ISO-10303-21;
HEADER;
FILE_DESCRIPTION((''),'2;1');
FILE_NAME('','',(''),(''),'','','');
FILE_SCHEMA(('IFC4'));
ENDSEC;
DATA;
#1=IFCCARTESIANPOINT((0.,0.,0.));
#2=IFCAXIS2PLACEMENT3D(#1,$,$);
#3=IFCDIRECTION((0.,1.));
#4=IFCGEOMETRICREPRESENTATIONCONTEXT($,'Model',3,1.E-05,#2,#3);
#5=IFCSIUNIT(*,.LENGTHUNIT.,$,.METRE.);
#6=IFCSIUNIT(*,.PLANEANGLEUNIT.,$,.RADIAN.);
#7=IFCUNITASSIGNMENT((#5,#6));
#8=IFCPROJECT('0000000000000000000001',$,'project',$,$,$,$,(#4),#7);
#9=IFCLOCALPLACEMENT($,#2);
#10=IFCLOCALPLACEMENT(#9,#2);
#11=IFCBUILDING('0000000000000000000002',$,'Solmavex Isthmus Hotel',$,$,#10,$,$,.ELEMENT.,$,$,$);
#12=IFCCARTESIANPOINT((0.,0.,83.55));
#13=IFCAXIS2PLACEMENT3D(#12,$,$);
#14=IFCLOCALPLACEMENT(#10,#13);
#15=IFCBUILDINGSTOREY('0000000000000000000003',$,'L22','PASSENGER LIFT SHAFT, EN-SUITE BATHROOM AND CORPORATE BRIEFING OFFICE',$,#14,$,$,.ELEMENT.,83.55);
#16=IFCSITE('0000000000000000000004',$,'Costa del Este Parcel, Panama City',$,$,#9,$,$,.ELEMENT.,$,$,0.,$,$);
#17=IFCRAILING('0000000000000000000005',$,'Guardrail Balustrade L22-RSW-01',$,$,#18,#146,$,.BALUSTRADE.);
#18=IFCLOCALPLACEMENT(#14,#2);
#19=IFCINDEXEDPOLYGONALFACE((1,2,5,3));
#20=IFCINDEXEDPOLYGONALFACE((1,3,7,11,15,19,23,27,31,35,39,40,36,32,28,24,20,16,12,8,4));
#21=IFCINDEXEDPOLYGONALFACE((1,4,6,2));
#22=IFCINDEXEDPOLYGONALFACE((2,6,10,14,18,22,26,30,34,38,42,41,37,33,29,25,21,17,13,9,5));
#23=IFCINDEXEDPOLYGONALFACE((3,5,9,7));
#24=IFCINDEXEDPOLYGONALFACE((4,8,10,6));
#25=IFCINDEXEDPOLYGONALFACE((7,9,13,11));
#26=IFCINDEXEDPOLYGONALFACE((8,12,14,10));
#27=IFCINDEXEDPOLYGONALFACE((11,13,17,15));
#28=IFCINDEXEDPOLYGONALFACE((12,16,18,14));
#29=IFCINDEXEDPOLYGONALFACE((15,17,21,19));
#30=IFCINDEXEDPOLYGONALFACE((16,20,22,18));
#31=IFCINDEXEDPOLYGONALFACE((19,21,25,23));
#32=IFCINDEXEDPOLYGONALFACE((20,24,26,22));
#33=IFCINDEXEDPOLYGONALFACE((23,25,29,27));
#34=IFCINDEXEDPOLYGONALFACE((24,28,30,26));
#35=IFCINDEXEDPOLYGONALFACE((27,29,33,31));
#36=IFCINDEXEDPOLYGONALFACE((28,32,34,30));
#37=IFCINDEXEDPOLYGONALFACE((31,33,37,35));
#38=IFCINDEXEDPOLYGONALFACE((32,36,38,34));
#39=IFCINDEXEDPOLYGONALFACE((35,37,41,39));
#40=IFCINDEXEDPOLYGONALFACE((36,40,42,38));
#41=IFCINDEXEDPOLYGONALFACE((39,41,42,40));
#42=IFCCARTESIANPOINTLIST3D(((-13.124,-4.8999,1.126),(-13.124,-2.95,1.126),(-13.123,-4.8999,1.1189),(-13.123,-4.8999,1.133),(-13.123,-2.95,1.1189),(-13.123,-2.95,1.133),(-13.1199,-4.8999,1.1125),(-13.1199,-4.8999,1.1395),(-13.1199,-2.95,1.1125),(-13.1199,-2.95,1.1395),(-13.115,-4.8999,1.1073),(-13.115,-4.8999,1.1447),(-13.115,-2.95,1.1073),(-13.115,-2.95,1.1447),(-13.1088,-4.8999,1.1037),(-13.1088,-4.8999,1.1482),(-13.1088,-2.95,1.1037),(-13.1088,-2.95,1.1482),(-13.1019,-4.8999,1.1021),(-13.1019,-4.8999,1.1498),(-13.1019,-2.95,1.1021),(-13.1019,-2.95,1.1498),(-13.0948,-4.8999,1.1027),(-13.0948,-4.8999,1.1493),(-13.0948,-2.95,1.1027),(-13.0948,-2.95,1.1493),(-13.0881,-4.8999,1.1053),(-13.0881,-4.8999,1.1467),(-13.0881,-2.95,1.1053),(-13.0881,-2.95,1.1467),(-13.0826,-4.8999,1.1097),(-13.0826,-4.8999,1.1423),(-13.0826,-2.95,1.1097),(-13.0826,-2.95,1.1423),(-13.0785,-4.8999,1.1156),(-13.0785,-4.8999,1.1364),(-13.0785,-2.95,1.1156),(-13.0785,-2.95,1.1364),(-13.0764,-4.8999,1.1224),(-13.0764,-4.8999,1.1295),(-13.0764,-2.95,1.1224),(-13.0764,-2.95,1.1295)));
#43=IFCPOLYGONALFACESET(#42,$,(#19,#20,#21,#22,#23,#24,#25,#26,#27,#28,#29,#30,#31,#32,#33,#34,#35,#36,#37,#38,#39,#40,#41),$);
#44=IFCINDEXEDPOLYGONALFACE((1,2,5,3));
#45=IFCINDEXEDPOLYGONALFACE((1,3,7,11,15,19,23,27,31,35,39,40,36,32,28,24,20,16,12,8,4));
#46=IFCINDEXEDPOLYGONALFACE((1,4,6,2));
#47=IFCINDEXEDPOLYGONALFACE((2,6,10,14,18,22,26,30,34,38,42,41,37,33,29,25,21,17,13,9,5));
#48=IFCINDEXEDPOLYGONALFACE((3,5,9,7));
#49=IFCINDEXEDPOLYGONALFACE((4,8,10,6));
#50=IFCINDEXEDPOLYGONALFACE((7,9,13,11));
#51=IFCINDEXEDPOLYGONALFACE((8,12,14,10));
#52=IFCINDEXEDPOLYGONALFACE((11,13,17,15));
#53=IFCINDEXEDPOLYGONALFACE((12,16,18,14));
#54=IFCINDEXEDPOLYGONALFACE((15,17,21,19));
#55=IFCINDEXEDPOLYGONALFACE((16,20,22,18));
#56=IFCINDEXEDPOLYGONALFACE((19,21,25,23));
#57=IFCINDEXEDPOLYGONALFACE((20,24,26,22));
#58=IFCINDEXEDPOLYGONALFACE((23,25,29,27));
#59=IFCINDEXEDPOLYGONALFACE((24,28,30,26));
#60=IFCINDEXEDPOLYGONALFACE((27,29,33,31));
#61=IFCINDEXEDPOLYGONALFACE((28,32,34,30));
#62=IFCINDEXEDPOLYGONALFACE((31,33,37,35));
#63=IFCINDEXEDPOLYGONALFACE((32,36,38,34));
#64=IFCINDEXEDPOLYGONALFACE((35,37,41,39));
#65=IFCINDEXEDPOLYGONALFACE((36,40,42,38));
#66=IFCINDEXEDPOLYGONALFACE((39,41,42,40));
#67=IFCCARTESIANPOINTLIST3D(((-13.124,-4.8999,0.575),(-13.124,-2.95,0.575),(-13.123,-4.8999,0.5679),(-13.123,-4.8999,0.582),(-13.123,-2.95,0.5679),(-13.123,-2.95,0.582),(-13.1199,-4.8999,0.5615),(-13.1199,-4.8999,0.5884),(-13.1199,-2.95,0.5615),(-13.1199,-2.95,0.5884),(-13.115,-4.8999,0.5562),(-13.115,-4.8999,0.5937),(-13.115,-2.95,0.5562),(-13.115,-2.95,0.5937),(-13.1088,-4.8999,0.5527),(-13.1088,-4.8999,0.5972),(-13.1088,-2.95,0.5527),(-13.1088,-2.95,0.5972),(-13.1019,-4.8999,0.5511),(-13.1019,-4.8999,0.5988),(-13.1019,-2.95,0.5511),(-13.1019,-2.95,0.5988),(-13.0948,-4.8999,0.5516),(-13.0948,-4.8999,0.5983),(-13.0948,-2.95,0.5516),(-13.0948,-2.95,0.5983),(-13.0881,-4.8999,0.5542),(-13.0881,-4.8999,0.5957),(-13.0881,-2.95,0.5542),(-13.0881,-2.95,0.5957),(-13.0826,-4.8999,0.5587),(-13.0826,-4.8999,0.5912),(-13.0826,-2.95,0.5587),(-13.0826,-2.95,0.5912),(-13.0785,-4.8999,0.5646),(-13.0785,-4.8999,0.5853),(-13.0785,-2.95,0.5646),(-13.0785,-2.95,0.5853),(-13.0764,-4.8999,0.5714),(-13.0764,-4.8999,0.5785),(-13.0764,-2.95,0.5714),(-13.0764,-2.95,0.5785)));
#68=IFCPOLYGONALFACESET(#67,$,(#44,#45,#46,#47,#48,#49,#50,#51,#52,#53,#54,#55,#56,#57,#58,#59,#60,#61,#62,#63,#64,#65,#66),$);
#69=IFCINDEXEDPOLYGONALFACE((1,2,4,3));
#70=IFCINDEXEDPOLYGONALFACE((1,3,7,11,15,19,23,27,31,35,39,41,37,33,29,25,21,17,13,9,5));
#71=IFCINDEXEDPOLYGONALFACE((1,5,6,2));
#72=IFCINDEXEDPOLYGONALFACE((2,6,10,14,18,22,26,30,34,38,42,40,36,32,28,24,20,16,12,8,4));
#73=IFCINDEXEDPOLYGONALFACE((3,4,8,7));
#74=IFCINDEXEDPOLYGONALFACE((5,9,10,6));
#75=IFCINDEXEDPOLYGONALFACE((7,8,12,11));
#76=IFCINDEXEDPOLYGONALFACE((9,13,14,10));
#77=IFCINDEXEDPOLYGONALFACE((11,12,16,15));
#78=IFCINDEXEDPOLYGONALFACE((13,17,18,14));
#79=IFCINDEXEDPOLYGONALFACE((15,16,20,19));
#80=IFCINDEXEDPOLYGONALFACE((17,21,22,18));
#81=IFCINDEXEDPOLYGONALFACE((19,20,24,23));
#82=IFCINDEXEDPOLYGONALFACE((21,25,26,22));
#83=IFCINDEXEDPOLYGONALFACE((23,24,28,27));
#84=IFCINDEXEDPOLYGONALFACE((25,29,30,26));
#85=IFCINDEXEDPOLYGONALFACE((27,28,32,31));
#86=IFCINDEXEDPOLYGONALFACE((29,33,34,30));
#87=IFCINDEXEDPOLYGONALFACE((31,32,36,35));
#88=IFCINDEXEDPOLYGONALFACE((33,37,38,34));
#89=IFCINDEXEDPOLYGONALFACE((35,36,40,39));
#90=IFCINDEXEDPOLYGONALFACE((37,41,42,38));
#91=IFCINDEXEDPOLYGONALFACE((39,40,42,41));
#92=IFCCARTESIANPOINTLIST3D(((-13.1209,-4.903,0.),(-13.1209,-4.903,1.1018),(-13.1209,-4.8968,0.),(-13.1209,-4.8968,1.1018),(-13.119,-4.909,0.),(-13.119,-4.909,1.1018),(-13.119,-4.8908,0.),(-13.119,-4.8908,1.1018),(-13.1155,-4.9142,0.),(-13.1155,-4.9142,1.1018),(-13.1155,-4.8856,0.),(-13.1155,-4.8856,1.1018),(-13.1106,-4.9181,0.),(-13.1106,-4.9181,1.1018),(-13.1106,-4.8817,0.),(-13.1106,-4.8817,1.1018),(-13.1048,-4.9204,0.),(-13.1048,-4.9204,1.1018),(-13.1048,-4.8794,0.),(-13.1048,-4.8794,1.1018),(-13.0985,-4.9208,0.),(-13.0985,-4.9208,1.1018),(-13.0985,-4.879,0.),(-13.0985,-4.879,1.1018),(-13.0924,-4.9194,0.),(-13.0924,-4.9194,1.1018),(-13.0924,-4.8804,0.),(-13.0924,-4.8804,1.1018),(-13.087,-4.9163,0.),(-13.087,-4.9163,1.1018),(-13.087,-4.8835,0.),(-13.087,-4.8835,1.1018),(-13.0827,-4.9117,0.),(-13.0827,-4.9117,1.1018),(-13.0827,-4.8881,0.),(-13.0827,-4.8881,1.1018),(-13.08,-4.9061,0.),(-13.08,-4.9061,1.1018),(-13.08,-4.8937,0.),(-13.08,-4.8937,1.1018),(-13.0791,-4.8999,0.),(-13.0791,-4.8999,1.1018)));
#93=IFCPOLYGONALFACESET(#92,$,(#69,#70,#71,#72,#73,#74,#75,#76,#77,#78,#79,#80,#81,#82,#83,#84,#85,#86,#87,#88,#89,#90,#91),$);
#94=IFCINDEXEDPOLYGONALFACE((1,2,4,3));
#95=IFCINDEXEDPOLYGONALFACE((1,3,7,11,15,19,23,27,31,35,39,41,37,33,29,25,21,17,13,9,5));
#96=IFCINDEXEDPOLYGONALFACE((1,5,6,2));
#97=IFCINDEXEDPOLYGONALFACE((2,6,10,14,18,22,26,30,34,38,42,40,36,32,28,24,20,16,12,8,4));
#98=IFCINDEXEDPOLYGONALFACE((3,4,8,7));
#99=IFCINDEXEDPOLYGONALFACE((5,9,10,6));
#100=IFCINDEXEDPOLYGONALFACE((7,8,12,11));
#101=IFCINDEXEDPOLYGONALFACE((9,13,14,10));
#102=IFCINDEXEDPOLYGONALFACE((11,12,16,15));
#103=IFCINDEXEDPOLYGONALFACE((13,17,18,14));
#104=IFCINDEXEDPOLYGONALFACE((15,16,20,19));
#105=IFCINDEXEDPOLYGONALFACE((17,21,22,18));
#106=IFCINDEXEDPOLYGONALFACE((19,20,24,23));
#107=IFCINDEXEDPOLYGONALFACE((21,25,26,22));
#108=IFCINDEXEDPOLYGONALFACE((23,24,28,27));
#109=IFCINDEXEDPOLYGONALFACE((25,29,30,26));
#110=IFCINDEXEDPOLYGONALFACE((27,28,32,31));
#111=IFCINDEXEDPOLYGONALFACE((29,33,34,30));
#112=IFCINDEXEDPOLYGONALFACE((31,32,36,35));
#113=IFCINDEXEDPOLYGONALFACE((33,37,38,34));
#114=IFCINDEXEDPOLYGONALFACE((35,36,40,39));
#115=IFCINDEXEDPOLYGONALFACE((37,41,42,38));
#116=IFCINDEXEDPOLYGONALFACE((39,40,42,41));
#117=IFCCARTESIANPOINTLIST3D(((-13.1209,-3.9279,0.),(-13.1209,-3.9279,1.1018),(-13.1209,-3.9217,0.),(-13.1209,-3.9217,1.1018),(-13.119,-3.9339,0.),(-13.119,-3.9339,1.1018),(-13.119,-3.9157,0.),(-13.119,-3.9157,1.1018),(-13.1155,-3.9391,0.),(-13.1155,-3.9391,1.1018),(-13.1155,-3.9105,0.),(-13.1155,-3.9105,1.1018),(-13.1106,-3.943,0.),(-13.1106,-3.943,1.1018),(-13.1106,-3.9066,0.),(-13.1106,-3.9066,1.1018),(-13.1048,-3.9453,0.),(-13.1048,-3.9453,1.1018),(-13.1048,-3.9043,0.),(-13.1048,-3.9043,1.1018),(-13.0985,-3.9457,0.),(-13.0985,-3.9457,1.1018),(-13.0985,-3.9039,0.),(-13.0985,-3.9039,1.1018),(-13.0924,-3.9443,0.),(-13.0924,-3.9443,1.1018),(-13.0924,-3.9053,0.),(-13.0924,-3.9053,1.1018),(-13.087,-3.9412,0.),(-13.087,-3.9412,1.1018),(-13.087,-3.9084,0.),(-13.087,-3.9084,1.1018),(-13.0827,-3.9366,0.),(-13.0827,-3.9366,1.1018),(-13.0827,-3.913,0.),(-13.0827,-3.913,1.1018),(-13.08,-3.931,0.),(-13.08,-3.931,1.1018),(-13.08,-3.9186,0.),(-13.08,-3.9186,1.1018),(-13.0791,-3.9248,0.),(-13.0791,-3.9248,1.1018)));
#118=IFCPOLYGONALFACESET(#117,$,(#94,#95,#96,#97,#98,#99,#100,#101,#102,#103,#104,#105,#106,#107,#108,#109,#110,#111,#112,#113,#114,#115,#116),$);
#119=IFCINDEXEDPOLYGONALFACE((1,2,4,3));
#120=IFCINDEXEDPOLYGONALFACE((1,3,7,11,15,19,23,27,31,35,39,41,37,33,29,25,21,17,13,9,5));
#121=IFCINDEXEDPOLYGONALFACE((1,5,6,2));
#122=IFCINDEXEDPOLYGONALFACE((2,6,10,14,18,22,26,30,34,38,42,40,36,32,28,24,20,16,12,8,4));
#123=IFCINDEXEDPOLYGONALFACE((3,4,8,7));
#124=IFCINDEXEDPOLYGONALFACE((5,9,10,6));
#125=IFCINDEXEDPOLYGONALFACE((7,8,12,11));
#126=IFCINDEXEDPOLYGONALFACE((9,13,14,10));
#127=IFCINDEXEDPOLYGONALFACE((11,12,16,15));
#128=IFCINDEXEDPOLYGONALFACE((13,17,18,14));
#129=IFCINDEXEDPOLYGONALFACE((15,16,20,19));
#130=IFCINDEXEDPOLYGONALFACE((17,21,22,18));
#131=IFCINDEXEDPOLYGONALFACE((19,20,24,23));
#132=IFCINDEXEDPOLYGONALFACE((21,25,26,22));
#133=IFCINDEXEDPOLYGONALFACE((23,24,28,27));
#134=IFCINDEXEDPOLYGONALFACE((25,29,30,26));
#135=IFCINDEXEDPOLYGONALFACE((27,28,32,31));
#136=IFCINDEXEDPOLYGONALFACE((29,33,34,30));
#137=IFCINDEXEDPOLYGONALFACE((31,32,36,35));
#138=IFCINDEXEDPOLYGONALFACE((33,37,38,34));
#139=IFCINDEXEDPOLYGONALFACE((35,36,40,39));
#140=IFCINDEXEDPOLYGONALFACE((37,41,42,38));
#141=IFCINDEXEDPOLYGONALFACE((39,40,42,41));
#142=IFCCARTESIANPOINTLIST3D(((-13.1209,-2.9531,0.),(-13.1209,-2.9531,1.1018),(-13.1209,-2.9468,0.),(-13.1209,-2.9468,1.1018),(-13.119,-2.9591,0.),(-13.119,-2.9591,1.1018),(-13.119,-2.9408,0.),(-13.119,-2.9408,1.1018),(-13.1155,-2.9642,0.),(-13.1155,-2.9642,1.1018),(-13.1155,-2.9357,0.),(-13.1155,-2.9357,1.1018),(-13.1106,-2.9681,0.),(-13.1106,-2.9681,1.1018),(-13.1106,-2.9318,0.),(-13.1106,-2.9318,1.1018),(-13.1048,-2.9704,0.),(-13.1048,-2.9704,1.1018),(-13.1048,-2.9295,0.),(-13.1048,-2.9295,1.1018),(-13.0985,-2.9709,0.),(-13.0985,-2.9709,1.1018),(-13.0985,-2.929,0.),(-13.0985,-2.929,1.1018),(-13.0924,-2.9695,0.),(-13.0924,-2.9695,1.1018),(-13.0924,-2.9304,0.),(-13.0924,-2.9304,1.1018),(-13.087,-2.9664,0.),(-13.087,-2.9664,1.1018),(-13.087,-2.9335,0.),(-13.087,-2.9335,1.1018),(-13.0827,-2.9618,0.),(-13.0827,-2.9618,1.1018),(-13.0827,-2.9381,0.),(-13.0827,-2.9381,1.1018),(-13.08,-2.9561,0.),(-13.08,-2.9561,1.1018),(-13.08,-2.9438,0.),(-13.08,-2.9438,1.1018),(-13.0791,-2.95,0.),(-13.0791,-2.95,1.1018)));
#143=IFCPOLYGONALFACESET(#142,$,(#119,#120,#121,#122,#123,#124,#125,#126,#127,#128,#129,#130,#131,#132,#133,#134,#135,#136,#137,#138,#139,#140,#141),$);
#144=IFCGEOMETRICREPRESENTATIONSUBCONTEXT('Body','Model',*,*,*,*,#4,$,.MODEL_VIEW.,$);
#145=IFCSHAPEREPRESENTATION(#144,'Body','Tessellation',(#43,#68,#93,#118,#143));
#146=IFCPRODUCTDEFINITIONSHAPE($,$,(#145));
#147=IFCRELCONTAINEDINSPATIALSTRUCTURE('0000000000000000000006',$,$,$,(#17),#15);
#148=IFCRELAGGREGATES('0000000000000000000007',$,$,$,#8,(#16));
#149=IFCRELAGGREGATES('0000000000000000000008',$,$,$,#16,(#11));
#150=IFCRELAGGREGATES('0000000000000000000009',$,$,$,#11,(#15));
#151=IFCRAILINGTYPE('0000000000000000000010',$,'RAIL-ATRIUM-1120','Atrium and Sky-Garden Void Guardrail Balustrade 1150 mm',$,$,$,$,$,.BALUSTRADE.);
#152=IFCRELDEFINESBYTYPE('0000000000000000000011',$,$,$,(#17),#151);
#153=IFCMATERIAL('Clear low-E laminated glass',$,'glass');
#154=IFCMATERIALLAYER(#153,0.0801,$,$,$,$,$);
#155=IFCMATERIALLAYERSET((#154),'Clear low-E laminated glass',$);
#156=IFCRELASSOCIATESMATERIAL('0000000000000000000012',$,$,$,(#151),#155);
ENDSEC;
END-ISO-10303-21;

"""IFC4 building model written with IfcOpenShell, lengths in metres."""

from ifc_helpers import new_model, si_unit, direction, frame, origin, origin_2d, place, context, subcontext, project, spatial, circle, extrude, material, layer, layer_set, type_object, element, save


model = new_model("IFC4")

# Units and contexts
model_context = context("Model", 3, precision=1e-05, world=origin(), true_north=direction((0.0, 1.0)))
body_context = subcontext(model_context, "Body", "Model", "MODEL_VIEW")
ifc_project = project(units=[si_unit("LENGTHUNIT", "METRE"), si_unit("PLANEANGLEUNIT", "RADIAN")], contexts=[model_context])

# Site, building, storey
site_placement = place(None, origin())
site = spatial("IfcSite", under=ifc_project, at=site_placement, Name="Costa del Este Parcel, Panama City", CompositionType="ELEMENT", RefElevation=0.0)
building_placement = place(site_placement, origin())
building = spatial("IfcBuilding", under=site, at=building_placement, Name="Solmavex Isthmus Hotel", CompositionType="ELEMENT")
storey_placement = place(building_placement, frame((0.0, 0.0, 83.55)))
storey = spatial("IfcBuildingStorey", under=building, at=storey_placement, Name="L22", Description="PASSENGER LIFT SHAFT, EN-SUITE BATHROOM AND CORPORATE BRIEFING OFFICE", CompositionType="ELEMENT", Elevation=83.55)

# Shared definitions
ifc_material_1 = material(Name="Clear low-E laminated glass", Category="glass")

# Railing
ifc_layer_1 = layer(ifc_material_1, 0.0801)
ifc_layer_set_1 = layer_set([ifc_layer_1], Name="Clear low-E laminated glass")
railing_type_1 = type_object("IfcRailingType", Name="RAIL-ATRIUM-1120", Description="Atrium and Sky-Garden Void Guardrail Balustrade 1150 mm", PredefinedType="BALUSTRADE", material=ifc_layer_set_1)
railing_1_placement = place(storey_placement, frame((-13.1001, -4.8999, 0.0)))
element("IfcRailing", 1, at=railing_1_placement, inside=storey, type_object=railing_type_1, Name="Guardrail Balustrade L22-RSW-01", PredefinedType="BALUSTRADE", context=body_context, shape_type="SweptSolid", body=[
    extrude(circle(Radius=0.0239, at=origin_2d()), frame((0.0, 0.0, 1.126), z_axis=(0.0, 1.0, 0.0), x_axis=(-1.0, 0.0, 0.0)), (0.0, 0.0, 1.0), 1.95),
    extrude(circle(Radius=0.0239, at=origin_2d()), frame((0.0, 0.0, 0.575), z_axis=(0.0, 1.0, 0.0), x_axis=(-1.0, 0.0, 0.0)), (0.0, 0.0, 1.0), 1.95),
    extrude(circle(Radius=0.021, at=origin_2d()), origin(), (0.0, 0.0, 1.0), 1.1018),
    extrude(circle(Radius=0.021, at=origin_2d()), frame((0.0, 0.9751, 0.0)), (0.0, 0.0, 1.0), 1.1018),
    extrude(circle(Radius=0.021, at=origin_2d()), frame((0.0, 1.95, 0.0)), (0.0, 0.0, 1.0), 1.1018),
])

save(model, "model.ifc")
